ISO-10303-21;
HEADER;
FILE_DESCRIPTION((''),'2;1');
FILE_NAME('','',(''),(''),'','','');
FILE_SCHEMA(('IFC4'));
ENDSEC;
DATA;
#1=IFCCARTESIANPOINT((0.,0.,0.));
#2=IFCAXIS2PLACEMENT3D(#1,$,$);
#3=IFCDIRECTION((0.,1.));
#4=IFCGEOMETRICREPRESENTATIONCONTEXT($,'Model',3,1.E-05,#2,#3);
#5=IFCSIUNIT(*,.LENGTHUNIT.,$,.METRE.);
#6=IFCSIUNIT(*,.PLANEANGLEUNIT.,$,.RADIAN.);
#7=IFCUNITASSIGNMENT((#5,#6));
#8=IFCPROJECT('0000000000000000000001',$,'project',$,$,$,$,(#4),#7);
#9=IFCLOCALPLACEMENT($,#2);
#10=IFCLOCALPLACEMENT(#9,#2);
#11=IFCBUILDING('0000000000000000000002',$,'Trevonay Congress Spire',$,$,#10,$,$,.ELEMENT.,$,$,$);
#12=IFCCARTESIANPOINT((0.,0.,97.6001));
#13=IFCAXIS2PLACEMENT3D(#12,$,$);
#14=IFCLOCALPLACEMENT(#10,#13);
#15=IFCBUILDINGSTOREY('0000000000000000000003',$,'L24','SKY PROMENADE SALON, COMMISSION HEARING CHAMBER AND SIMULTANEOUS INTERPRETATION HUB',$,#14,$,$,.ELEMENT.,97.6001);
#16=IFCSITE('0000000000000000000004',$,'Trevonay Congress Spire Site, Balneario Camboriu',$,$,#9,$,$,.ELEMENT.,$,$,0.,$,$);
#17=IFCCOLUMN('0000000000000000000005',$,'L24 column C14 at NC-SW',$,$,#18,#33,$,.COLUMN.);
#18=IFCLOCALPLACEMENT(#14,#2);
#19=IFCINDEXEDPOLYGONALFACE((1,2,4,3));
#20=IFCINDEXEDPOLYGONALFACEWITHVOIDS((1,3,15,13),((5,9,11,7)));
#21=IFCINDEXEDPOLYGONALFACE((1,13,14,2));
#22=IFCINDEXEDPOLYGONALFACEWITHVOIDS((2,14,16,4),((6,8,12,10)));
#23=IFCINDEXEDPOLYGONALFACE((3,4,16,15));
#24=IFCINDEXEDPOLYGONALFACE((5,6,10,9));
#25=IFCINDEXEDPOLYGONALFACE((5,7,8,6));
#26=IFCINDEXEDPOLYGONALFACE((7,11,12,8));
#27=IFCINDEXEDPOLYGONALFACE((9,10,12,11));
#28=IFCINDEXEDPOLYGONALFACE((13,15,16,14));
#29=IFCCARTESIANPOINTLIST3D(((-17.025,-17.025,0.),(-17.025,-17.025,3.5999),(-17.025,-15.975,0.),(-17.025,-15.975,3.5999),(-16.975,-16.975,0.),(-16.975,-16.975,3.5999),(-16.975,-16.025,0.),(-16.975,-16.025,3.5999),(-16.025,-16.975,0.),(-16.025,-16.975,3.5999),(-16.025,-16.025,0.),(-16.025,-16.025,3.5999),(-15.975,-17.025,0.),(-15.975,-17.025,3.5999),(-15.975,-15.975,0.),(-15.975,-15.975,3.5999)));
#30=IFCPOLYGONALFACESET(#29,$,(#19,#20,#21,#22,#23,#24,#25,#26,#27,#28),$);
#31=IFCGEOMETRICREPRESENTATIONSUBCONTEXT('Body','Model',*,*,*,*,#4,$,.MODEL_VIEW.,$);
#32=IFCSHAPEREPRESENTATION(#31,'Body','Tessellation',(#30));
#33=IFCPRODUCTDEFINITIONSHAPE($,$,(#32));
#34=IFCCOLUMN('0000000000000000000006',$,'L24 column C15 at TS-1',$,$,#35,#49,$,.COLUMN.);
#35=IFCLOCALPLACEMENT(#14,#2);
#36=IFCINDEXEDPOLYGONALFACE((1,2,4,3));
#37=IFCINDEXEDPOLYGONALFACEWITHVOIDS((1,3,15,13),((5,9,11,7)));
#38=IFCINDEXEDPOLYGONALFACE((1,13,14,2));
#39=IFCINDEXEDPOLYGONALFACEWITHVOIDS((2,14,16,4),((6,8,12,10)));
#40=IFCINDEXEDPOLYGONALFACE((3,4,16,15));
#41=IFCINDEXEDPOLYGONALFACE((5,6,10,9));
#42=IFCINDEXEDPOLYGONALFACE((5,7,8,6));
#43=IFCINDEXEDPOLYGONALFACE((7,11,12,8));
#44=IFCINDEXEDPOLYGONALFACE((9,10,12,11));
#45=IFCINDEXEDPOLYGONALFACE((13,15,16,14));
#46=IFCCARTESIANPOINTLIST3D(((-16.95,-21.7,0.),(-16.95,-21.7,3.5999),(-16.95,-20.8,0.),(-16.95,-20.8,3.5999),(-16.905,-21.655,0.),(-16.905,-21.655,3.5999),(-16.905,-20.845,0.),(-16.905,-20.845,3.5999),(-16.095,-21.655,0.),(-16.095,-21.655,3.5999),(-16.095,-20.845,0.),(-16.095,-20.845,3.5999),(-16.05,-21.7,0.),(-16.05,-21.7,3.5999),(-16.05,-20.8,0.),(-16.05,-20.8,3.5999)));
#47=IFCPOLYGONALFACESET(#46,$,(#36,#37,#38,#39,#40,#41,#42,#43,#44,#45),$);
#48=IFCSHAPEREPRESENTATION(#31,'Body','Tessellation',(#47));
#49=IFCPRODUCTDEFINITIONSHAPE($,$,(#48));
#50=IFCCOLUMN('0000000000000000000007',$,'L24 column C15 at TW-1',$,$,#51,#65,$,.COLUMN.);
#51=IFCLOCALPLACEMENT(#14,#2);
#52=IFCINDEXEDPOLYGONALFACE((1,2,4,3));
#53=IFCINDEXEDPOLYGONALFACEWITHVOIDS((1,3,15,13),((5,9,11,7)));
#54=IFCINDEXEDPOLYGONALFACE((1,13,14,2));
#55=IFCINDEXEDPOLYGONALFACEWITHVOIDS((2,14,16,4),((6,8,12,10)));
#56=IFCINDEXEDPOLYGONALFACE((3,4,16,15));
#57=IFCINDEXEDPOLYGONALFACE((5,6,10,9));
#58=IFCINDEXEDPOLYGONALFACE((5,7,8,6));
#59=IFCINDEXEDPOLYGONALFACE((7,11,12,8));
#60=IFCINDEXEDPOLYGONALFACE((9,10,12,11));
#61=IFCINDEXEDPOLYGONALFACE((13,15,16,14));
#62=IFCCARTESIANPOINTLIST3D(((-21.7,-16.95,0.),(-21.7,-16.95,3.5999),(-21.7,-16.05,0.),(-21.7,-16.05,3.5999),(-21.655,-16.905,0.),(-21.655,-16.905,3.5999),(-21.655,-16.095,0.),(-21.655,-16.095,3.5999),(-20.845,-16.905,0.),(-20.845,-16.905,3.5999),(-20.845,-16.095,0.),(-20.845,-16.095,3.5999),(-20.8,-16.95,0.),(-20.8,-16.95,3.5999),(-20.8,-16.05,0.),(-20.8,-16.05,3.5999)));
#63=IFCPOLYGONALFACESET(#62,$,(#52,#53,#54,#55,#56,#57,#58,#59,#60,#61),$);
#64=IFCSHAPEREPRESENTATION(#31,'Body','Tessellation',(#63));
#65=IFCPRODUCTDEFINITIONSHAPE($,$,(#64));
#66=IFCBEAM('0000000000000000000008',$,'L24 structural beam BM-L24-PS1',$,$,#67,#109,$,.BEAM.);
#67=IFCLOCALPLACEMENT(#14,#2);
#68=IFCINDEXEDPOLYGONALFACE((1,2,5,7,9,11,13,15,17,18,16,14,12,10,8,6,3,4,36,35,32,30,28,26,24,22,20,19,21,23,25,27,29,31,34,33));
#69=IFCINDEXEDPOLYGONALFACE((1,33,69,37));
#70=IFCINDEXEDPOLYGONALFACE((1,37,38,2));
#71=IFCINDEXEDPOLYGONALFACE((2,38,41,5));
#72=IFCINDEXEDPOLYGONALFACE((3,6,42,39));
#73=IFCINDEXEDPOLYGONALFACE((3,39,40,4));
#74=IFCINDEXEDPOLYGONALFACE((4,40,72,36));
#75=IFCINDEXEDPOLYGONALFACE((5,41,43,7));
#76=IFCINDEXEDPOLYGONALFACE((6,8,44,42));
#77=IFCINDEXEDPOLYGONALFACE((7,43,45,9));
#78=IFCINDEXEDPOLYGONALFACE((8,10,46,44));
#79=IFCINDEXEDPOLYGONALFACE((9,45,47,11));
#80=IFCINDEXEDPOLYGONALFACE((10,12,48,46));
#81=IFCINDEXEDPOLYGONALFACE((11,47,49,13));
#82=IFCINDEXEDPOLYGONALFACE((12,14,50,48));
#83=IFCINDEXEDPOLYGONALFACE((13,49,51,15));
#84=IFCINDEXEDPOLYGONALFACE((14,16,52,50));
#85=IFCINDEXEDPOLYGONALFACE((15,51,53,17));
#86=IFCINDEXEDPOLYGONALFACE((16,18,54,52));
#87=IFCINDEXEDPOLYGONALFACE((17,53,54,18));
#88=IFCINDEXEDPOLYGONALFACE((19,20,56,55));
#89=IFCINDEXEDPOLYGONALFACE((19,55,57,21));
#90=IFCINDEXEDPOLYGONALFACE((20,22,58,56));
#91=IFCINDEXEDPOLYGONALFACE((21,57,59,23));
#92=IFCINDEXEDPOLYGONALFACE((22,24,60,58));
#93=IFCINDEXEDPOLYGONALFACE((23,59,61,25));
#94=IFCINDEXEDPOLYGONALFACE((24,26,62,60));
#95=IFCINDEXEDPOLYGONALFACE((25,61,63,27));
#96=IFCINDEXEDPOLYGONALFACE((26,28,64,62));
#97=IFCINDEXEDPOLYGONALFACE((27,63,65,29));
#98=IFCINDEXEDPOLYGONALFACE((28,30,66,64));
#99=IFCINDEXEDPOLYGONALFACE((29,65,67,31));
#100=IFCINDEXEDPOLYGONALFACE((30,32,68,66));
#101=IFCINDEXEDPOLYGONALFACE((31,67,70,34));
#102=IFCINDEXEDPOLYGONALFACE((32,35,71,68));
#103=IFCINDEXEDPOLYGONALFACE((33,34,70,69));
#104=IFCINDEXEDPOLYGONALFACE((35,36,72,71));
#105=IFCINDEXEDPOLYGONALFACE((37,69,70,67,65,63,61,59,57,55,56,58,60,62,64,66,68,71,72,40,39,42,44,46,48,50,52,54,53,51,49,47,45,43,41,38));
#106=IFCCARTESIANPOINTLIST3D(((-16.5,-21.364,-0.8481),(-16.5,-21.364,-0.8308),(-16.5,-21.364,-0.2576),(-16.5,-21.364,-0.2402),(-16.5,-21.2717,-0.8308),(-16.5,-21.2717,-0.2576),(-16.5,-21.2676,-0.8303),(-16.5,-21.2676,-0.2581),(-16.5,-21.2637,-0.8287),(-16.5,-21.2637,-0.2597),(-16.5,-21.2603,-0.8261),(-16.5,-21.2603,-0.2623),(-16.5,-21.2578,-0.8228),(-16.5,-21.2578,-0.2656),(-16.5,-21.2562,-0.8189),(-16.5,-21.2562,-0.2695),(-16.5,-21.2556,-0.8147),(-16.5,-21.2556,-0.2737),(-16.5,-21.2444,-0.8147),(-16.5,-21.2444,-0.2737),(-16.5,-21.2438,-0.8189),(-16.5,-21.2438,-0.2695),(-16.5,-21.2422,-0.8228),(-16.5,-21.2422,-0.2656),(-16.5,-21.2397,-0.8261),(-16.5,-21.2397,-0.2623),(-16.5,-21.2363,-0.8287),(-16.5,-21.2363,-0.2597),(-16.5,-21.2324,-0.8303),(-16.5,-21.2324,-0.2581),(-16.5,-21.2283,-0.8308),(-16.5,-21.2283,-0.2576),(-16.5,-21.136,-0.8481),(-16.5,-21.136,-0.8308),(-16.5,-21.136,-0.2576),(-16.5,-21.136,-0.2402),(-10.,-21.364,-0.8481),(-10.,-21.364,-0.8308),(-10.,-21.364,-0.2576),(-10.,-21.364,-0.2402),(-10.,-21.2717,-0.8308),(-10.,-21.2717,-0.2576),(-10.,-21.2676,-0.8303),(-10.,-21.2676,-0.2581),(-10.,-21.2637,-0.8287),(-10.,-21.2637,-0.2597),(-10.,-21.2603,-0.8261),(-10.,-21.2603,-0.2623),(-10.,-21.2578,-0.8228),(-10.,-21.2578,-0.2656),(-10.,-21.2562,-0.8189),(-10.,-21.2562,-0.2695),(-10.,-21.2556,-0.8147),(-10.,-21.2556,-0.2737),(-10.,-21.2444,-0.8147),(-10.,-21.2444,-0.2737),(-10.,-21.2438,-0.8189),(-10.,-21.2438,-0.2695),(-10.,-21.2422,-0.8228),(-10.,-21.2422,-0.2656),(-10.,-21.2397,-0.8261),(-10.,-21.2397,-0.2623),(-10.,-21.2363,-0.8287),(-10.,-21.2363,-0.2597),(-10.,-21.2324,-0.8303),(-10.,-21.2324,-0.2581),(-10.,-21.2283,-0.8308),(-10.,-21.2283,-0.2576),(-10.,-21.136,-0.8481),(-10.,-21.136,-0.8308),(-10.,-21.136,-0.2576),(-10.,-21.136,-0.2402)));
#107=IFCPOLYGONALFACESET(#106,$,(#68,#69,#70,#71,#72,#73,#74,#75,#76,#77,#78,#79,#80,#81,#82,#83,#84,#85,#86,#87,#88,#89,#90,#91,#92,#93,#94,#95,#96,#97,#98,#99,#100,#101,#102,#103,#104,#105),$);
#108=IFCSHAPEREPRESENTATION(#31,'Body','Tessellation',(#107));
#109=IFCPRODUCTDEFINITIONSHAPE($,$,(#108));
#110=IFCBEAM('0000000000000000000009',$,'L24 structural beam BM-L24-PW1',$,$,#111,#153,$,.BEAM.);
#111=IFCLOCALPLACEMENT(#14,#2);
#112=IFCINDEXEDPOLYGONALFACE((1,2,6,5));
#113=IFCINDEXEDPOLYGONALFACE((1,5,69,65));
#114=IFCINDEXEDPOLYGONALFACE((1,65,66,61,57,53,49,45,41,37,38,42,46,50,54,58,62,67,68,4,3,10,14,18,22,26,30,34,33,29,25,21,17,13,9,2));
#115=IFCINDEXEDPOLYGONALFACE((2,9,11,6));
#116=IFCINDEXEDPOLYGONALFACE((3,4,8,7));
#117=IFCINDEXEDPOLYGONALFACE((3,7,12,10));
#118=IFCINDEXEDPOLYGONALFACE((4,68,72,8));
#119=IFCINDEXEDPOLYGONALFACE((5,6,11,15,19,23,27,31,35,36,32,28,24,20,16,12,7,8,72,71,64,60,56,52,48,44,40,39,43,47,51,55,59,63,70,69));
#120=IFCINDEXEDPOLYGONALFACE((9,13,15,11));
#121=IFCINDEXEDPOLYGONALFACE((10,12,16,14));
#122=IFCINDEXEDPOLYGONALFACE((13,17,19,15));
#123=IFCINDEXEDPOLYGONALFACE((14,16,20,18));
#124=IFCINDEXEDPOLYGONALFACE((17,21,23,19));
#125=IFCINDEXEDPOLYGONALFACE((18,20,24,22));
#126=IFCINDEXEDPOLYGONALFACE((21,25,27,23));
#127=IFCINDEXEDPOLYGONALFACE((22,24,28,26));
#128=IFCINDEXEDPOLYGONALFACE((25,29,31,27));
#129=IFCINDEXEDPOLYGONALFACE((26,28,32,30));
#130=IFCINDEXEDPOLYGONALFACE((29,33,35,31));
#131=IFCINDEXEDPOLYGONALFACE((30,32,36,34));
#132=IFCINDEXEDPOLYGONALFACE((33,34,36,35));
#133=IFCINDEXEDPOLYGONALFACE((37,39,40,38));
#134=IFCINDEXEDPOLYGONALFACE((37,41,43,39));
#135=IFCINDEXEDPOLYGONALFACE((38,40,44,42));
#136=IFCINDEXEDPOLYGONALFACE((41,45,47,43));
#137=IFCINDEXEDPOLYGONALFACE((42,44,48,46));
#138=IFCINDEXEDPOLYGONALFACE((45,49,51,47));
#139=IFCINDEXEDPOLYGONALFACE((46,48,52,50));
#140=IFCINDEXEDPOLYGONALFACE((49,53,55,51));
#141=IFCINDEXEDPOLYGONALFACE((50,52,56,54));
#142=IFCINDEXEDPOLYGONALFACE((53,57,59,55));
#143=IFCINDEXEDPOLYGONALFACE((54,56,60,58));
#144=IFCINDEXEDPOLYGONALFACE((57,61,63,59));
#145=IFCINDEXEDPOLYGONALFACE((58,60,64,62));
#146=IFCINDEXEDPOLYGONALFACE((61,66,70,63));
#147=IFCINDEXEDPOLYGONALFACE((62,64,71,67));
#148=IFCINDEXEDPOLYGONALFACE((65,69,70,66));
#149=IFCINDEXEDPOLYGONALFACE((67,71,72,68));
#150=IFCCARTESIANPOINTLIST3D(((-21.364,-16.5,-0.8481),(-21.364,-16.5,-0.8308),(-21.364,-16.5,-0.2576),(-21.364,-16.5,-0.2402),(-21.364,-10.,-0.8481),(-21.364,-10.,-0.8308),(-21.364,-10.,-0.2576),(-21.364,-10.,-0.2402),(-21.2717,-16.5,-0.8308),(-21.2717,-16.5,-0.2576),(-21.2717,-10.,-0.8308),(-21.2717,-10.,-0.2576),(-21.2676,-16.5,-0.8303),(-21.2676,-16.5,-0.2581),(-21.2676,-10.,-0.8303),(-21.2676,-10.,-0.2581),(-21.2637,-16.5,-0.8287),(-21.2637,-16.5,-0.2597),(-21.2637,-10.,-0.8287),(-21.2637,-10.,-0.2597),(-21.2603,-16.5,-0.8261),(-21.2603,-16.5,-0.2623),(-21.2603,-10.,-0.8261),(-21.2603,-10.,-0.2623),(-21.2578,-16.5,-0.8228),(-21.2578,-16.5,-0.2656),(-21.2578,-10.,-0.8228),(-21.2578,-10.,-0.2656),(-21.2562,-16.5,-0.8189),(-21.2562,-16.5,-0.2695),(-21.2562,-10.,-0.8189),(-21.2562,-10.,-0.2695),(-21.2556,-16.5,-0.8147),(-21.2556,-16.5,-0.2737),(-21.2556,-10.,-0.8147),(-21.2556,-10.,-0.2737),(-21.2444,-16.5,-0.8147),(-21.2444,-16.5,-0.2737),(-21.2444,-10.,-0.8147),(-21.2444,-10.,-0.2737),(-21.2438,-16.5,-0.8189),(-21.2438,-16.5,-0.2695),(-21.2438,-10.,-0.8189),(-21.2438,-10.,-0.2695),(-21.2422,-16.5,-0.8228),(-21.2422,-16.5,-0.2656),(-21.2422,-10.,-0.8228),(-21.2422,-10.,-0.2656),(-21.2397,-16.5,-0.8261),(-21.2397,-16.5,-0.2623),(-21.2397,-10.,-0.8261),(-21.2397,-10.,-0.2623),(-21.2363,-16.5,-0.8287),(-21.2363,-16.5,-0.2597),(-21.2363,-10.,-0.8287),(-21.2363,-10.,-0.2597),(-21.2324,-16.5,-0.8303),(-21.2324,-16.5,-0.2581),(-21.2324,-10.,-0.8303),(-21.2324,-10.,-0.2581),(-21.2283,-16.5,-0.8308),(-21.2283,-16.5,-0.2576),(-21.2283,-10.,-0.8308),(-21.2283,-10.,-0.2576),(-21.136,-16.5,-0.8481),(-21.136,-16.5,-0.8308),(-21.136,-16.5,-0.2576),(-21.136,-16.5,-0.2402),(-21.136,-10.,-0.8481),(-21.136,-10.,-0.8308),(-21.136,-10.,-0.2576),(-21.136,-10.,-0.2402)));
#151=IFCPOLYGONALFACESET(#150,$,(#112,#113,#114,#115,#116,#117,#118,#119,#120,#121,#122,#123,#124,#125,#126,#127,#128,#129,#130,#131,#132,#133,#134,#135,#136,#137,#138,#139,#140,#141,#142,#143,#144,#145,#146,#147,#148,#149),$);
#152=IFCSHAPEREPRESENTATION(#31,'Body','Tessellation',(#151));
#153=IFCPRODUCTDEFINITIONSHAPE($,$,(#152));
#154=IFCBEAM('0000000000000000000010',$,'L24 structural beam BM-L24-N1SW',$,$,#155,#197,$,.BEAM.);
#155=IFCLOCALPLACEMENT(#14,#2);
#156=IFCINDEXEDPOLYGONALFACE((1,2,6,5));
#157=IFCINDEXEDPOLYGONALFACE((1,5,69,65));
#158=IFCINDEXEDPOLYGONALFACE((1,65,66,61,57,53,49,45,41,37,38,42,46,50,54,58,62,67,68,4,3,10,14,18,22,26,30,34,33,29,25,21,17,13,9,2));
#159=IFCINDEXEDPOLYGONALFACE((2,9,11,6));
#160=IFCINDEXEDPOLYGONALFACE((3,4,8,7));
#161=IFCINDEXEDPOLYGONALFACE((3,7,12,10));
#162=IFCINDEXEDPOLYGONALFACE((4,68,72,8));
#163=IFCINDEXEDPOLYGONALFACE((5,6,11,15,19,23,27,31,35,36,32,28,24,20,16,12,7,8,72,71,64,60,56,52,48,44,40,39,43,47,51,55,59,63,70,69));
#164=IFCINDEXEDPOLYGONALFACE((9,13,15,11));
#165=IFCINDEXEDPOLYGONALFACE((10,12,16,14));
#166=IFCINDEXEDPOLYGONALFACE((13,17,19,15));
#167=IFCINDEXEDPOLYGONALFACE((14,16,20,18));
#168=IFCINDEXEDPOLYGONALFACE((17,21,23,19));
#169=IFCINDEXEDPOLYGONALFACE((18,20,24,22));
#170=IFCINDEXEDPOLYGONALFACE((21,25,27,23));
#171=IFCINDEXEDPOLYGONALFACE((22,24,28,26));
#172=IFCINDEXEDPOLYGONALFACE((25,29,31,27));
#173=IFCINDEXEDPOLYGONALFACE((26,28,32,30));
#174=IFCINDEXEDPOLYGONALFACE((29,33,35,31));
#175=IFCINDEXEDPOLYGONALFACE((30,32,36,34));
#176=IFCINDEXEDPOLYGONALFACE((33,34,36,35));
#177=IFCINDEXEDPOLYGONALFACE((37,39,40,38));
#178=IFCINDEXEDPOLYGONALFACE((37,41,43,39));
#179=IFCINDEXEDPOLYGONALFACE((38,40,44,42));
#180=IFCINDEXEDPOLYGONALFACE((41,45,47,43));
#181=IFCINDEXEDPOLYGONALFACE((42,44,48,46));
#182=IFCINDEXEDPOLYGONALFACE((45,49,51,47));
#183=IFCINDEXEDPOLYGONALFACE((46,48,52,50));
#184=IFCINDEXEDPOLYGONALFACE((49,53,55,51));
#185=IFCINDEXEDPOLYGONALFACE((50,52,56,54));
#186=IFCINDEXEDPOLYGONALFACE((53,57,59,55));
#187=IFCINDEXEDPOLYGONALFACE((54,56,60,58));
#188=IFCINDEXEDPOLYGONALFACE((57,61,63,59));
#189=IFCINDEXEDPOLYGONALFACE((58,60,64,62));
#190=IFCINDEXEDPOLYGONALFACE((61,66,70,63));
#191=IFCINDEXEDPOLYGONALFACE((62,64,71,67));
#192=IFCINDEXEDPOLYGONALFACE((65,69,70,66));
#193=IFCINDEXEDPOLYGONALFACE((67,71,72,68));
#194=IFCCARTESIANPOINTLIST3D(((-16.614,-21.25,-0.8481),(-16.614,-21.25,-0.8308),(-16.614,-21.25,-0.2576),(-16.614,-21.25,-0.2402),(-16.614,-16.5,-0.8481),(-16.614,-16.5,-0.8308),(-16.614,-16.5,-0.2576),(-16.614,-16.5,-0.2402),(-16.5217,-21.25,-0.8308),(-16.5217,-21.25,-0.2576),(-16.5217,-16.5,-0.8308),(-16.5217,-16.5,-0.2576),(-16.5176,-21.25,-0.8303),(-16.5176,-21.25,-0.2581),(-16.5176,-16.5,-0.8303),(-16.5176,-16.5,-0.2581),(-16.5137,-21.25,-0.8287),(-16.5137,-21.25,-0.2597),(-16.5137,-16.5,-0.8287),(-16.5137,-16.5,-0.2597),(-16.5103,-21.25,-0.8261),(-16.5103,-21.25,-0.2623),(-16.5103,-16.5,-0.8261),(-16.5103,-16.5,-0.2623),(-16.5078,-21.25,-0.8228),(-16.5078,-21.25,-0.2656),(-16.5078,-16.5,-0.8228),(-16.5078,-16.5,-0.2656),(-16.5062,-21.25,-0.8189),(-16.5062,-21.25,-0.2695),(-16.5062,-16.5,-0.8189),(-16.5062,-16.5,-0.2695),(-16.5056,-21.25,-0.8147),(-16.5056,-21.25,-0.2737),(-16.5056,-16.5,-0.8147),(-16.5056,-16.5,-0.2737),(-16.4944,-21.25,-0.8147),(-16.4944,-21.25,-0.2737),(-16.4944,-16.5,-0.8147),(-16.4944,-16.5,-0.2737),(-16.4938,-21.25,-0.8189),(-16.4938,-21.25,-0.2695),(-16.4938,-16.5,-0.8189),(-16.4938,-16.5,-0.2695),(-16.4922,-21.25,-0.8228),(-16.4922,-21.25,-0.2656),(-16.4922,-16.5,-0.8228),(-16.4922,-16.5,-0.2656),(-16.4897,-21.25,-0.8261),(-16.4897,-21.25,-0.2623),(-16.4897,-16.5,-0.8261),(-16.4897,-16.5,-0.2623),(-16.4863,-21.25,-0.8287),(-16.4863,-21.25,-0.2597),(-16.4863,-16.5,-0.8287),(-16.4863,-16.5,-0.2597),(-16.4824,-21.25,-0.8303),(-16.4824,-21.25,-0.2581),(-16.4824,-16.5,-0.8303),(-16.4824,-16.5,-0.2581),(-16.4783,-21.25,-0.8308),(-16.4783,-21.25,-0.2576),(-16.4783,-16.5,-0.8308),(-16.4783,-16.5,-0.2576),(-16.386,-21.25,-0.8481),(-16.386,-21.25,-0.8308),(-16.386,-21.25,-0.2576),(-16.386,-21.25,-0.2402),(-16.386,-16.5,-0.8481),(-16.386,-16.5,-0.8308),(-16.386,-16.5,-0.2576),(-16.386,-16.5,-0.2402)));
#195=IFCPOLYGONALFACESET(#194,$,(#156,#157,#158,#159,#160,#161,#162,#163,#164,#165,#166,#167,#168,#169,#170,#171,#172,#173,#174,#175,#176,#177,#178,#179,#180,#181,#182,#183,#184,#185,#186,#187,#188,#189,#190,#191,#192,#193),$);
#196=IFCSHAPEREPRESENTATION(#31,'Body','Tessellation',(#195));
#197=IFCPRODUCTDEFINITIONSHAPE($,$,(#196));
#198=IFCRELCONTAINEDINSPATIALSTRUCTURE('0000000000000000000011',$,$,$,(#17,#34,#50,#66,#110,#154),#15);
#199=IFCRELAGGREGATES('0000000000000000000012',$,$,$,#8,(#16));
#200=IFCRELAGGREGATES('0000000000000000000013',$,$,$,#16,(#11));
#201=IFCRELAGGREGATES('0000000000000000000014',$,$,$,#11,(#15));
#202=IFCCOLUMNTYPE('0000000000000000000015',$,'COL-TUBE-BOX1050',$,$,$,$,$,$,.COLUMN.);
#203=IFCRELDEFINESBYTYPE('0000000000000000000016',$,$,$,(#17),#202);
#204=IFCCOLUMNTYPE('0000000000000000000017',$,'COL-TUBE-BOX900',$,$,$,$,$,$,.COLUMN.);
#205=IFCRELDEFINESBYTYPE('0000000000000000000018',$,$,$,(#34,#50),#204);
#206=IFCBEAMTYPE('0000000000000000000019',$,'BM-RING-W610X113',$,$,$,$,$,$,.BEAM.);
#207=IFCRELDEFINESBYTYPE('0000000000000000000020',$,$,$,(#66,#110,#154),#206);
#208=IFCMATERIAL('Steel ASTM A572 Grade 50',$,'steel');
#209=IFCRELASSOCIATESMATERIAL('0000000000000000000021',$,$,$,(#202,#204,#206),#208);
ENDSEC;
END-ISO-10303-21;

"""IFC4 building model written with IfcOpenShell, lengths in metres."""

from ifc_helpers import new_model, si_unit, direction, frame, origin, origin_2d, place, context, subcontext, project, spatial, hollow_rectangle, i_section, extrude, material, material_profile, profile_set, type_object, element, save


model = new_model("IFC4")

# Units and contexts
model_context = context("Model", 3, precision=1e-05, world=origin(), true_north=direction((0.0, 1.0)))
body_context = subcontext(model_context, "Body", "Model", "MODEL_VIEW")
ifc_project = project(units=[si_unit("LENGTHUNIT", "METRE"), si_unit("PLANEANGLEUNIT", "RADIAN")], contexts=[model_context])

# Site, building, storey
site_placement = place(None, origin())
site = spatial("IfcSite", under=ifc_project, at=site_placement, Name="Trevonay Congress Spire Site, Balneario Camboriu", CompositionType="ELEMENT", RefElevation=0.0)
building_placement = place(site_placement, origin())
building = spatial("IfcBuilding", under=site, at=building_placement, Name="Trevonay Congress Spire", CompositionType="ELEMENT")
storey_placement = place(building_placement, frame((0.0, 0.0, 97.6001)))
storey = spatial("IfcBuildingStorey", under=building, at=storey_placement, Name="L24", Description="SKY PROMENADE SALON, COMMISSION HEARING CHAMBER AND SIMULTANEOUS INTERPRETATION HUB", CompositionType="ELEMENT", Elevation=97.6001)

# Columns
ifc_material_1 = material(Name="Steel ASTM A572 Grade 50", Category="steel")
ifc_material_profile_1 = material_profile(ifc_material_1, hollow_rectangle(XDim=1.05, YDim=1.05, WallThickness=0.05, at=origin_2d()), Name="BOX 1050x1050x50")
ifc_profile_set_1 = profile_set([ifc_material_profile_1], Name="Steel ASTM A572 Grade 50")
column_type_1 = type_object("IfcColumnType", Name="COL-TUBE-BOX1050", PredefinedType="COLUMN", material=ifc_profile_set_1)
column_placement = place(storey_placement, frame((-16.5, -16.5, 0.0), z_axis=(0.0, 0.0, 1.0), x_axis=(1.0, 0.0, 0.0)))
element("IfcColumn", 1, at=column_placement, inside=storey, type_object=column_type_1, Name="L24 column C14 at NC-SW", PredefinedType="COLUMN", context=body_context, shape_type="SweptSolid", body=[
    extrude(hollow_rectangle(XDim=1.05, YDim=1.05, WallThickness=0.05, at=origin_2d()), origin(), (0.0, 0.0, 1.0), 3.5999),
])
ifc_material_profile_2 = material_profile(ifc_material_1, hollow_rectangle(XDim=0.8999, YDim=0.8999, WallThickness=0.0449, at=origin_2d()), Name="BOX 900x900x45")
ifc_profile_set_2 = profile_set([ifc_material_profile_2], Name="Steel ASTM A572 Grade 50")
column_type_2 = type_object("IfcColumnType", Name="COL-TUBE-BOX900", PredefinedType="COLUMN", material=ifc_profile_set_2)
for number, where, z_axis, x_axis, name in (
    (2, (-16.5, -21.25, 0.0), (0.0, 0.0, 1.0), (1.0, 0.0, 0.0), "L24 column C15 at TS-1"),
    (3, (-21.25, -16.5, 0.0), (0.0, 0.0, 1.0), (1.0, 0.0, 0.0), "L24 column C15 at TW-1"),
):
    element("IfcColumn", number, at=place(storey_placement, frame(where, z_axis=z_axis, x_axis=x_axis)), inside=storey, type_object=column_type_2, Name=name, PredefinedType="COLUMN", context=body_context, shape_type="SweptSolid", body=[
        extrude(hollow_rectangle(XDim=0.8999, YDim=0.8999, WallThickness=0.0449, at=origin_2d()), origin(), (0.0, 0.0, 1.0), 3.5999),
    ])

# Beams
ifc_material_profile_3 = material_profile(ifc_material_1, i_section(OverallWidth=0.228, OverallDepth=0.6079, WebThickness=0.0112, FlangeThickness=0.0173, FilletRadius=0.0161, at=origin_2d()), Name="W610x113")
ifc_profile_set_3 = profile_set([ifc_material_profile_3], Name="Steel ASTM A572 Grade 50")
beam_type = type_object("IfcBeamType", Name="BM-RING-W610X113", PredefinedType="BEAM", material=ifc_profile_set_3)
for number, where, z_axis, x_axis, name in (
    (4, (-16.5, -21.25, -0.5442), (1.0, 0.0, 0.0), (0.0, 1.0, 0.0), "L24 structural beam BM-L24-PS1"),
    (5, (-21.25, -16.5, -0.5442), (0.0, 1.0, 0.0), (-1.0, 0.0, 0.0), "L24 structural beam BM-L24-PW1"),
):
    element("IfcBeam", number, at=place(storey_placement, frame(where, z_axis=z_axis, x_axis=x_axis)), inside=storey, type_object=beam_type, Name=name, PredefinedType="BEAM", context=body_context, shape_type="SweptSolid", body=[
        extrude(i_section(OverallWidth=0.228, OverallDepth=0.6079, WebThickness=0.0112, FlangeThickness=0.0173, FilletRadius=0.0161, at=origin_2d()), origin(), (0.0, 0.0, 1.0), 6.5),
    ])
for number, where, z_axis, x_axis, name in (
    (6, (-16.5, -21.25, -0.5442), (0.0, 1.0, 0.0), (-1.0, 0.0, 0.0), "L24 structural beam BM-L24-N1SW"),
):
    element("IfcBeam", number, at=place(storey_placement, frame(where, z_axis=z_axis, x_axis=x_axis)), inside=storey, type_object=beam_type, Name=name, PredefinedType="BEAM", context=body_context, shape_type="SweptSolid", body=[
        extrude(i_section(OverallWidth=0.228, OverallDepth=0.6079, WebThickness=0.0112, FlangeThickness=0.0173, FilletRadius=0.0161, at=origin_2d()), origin(), (0.0, 0.0, 1.0), 4.75),
    ])

save(model, "model.ifc")
